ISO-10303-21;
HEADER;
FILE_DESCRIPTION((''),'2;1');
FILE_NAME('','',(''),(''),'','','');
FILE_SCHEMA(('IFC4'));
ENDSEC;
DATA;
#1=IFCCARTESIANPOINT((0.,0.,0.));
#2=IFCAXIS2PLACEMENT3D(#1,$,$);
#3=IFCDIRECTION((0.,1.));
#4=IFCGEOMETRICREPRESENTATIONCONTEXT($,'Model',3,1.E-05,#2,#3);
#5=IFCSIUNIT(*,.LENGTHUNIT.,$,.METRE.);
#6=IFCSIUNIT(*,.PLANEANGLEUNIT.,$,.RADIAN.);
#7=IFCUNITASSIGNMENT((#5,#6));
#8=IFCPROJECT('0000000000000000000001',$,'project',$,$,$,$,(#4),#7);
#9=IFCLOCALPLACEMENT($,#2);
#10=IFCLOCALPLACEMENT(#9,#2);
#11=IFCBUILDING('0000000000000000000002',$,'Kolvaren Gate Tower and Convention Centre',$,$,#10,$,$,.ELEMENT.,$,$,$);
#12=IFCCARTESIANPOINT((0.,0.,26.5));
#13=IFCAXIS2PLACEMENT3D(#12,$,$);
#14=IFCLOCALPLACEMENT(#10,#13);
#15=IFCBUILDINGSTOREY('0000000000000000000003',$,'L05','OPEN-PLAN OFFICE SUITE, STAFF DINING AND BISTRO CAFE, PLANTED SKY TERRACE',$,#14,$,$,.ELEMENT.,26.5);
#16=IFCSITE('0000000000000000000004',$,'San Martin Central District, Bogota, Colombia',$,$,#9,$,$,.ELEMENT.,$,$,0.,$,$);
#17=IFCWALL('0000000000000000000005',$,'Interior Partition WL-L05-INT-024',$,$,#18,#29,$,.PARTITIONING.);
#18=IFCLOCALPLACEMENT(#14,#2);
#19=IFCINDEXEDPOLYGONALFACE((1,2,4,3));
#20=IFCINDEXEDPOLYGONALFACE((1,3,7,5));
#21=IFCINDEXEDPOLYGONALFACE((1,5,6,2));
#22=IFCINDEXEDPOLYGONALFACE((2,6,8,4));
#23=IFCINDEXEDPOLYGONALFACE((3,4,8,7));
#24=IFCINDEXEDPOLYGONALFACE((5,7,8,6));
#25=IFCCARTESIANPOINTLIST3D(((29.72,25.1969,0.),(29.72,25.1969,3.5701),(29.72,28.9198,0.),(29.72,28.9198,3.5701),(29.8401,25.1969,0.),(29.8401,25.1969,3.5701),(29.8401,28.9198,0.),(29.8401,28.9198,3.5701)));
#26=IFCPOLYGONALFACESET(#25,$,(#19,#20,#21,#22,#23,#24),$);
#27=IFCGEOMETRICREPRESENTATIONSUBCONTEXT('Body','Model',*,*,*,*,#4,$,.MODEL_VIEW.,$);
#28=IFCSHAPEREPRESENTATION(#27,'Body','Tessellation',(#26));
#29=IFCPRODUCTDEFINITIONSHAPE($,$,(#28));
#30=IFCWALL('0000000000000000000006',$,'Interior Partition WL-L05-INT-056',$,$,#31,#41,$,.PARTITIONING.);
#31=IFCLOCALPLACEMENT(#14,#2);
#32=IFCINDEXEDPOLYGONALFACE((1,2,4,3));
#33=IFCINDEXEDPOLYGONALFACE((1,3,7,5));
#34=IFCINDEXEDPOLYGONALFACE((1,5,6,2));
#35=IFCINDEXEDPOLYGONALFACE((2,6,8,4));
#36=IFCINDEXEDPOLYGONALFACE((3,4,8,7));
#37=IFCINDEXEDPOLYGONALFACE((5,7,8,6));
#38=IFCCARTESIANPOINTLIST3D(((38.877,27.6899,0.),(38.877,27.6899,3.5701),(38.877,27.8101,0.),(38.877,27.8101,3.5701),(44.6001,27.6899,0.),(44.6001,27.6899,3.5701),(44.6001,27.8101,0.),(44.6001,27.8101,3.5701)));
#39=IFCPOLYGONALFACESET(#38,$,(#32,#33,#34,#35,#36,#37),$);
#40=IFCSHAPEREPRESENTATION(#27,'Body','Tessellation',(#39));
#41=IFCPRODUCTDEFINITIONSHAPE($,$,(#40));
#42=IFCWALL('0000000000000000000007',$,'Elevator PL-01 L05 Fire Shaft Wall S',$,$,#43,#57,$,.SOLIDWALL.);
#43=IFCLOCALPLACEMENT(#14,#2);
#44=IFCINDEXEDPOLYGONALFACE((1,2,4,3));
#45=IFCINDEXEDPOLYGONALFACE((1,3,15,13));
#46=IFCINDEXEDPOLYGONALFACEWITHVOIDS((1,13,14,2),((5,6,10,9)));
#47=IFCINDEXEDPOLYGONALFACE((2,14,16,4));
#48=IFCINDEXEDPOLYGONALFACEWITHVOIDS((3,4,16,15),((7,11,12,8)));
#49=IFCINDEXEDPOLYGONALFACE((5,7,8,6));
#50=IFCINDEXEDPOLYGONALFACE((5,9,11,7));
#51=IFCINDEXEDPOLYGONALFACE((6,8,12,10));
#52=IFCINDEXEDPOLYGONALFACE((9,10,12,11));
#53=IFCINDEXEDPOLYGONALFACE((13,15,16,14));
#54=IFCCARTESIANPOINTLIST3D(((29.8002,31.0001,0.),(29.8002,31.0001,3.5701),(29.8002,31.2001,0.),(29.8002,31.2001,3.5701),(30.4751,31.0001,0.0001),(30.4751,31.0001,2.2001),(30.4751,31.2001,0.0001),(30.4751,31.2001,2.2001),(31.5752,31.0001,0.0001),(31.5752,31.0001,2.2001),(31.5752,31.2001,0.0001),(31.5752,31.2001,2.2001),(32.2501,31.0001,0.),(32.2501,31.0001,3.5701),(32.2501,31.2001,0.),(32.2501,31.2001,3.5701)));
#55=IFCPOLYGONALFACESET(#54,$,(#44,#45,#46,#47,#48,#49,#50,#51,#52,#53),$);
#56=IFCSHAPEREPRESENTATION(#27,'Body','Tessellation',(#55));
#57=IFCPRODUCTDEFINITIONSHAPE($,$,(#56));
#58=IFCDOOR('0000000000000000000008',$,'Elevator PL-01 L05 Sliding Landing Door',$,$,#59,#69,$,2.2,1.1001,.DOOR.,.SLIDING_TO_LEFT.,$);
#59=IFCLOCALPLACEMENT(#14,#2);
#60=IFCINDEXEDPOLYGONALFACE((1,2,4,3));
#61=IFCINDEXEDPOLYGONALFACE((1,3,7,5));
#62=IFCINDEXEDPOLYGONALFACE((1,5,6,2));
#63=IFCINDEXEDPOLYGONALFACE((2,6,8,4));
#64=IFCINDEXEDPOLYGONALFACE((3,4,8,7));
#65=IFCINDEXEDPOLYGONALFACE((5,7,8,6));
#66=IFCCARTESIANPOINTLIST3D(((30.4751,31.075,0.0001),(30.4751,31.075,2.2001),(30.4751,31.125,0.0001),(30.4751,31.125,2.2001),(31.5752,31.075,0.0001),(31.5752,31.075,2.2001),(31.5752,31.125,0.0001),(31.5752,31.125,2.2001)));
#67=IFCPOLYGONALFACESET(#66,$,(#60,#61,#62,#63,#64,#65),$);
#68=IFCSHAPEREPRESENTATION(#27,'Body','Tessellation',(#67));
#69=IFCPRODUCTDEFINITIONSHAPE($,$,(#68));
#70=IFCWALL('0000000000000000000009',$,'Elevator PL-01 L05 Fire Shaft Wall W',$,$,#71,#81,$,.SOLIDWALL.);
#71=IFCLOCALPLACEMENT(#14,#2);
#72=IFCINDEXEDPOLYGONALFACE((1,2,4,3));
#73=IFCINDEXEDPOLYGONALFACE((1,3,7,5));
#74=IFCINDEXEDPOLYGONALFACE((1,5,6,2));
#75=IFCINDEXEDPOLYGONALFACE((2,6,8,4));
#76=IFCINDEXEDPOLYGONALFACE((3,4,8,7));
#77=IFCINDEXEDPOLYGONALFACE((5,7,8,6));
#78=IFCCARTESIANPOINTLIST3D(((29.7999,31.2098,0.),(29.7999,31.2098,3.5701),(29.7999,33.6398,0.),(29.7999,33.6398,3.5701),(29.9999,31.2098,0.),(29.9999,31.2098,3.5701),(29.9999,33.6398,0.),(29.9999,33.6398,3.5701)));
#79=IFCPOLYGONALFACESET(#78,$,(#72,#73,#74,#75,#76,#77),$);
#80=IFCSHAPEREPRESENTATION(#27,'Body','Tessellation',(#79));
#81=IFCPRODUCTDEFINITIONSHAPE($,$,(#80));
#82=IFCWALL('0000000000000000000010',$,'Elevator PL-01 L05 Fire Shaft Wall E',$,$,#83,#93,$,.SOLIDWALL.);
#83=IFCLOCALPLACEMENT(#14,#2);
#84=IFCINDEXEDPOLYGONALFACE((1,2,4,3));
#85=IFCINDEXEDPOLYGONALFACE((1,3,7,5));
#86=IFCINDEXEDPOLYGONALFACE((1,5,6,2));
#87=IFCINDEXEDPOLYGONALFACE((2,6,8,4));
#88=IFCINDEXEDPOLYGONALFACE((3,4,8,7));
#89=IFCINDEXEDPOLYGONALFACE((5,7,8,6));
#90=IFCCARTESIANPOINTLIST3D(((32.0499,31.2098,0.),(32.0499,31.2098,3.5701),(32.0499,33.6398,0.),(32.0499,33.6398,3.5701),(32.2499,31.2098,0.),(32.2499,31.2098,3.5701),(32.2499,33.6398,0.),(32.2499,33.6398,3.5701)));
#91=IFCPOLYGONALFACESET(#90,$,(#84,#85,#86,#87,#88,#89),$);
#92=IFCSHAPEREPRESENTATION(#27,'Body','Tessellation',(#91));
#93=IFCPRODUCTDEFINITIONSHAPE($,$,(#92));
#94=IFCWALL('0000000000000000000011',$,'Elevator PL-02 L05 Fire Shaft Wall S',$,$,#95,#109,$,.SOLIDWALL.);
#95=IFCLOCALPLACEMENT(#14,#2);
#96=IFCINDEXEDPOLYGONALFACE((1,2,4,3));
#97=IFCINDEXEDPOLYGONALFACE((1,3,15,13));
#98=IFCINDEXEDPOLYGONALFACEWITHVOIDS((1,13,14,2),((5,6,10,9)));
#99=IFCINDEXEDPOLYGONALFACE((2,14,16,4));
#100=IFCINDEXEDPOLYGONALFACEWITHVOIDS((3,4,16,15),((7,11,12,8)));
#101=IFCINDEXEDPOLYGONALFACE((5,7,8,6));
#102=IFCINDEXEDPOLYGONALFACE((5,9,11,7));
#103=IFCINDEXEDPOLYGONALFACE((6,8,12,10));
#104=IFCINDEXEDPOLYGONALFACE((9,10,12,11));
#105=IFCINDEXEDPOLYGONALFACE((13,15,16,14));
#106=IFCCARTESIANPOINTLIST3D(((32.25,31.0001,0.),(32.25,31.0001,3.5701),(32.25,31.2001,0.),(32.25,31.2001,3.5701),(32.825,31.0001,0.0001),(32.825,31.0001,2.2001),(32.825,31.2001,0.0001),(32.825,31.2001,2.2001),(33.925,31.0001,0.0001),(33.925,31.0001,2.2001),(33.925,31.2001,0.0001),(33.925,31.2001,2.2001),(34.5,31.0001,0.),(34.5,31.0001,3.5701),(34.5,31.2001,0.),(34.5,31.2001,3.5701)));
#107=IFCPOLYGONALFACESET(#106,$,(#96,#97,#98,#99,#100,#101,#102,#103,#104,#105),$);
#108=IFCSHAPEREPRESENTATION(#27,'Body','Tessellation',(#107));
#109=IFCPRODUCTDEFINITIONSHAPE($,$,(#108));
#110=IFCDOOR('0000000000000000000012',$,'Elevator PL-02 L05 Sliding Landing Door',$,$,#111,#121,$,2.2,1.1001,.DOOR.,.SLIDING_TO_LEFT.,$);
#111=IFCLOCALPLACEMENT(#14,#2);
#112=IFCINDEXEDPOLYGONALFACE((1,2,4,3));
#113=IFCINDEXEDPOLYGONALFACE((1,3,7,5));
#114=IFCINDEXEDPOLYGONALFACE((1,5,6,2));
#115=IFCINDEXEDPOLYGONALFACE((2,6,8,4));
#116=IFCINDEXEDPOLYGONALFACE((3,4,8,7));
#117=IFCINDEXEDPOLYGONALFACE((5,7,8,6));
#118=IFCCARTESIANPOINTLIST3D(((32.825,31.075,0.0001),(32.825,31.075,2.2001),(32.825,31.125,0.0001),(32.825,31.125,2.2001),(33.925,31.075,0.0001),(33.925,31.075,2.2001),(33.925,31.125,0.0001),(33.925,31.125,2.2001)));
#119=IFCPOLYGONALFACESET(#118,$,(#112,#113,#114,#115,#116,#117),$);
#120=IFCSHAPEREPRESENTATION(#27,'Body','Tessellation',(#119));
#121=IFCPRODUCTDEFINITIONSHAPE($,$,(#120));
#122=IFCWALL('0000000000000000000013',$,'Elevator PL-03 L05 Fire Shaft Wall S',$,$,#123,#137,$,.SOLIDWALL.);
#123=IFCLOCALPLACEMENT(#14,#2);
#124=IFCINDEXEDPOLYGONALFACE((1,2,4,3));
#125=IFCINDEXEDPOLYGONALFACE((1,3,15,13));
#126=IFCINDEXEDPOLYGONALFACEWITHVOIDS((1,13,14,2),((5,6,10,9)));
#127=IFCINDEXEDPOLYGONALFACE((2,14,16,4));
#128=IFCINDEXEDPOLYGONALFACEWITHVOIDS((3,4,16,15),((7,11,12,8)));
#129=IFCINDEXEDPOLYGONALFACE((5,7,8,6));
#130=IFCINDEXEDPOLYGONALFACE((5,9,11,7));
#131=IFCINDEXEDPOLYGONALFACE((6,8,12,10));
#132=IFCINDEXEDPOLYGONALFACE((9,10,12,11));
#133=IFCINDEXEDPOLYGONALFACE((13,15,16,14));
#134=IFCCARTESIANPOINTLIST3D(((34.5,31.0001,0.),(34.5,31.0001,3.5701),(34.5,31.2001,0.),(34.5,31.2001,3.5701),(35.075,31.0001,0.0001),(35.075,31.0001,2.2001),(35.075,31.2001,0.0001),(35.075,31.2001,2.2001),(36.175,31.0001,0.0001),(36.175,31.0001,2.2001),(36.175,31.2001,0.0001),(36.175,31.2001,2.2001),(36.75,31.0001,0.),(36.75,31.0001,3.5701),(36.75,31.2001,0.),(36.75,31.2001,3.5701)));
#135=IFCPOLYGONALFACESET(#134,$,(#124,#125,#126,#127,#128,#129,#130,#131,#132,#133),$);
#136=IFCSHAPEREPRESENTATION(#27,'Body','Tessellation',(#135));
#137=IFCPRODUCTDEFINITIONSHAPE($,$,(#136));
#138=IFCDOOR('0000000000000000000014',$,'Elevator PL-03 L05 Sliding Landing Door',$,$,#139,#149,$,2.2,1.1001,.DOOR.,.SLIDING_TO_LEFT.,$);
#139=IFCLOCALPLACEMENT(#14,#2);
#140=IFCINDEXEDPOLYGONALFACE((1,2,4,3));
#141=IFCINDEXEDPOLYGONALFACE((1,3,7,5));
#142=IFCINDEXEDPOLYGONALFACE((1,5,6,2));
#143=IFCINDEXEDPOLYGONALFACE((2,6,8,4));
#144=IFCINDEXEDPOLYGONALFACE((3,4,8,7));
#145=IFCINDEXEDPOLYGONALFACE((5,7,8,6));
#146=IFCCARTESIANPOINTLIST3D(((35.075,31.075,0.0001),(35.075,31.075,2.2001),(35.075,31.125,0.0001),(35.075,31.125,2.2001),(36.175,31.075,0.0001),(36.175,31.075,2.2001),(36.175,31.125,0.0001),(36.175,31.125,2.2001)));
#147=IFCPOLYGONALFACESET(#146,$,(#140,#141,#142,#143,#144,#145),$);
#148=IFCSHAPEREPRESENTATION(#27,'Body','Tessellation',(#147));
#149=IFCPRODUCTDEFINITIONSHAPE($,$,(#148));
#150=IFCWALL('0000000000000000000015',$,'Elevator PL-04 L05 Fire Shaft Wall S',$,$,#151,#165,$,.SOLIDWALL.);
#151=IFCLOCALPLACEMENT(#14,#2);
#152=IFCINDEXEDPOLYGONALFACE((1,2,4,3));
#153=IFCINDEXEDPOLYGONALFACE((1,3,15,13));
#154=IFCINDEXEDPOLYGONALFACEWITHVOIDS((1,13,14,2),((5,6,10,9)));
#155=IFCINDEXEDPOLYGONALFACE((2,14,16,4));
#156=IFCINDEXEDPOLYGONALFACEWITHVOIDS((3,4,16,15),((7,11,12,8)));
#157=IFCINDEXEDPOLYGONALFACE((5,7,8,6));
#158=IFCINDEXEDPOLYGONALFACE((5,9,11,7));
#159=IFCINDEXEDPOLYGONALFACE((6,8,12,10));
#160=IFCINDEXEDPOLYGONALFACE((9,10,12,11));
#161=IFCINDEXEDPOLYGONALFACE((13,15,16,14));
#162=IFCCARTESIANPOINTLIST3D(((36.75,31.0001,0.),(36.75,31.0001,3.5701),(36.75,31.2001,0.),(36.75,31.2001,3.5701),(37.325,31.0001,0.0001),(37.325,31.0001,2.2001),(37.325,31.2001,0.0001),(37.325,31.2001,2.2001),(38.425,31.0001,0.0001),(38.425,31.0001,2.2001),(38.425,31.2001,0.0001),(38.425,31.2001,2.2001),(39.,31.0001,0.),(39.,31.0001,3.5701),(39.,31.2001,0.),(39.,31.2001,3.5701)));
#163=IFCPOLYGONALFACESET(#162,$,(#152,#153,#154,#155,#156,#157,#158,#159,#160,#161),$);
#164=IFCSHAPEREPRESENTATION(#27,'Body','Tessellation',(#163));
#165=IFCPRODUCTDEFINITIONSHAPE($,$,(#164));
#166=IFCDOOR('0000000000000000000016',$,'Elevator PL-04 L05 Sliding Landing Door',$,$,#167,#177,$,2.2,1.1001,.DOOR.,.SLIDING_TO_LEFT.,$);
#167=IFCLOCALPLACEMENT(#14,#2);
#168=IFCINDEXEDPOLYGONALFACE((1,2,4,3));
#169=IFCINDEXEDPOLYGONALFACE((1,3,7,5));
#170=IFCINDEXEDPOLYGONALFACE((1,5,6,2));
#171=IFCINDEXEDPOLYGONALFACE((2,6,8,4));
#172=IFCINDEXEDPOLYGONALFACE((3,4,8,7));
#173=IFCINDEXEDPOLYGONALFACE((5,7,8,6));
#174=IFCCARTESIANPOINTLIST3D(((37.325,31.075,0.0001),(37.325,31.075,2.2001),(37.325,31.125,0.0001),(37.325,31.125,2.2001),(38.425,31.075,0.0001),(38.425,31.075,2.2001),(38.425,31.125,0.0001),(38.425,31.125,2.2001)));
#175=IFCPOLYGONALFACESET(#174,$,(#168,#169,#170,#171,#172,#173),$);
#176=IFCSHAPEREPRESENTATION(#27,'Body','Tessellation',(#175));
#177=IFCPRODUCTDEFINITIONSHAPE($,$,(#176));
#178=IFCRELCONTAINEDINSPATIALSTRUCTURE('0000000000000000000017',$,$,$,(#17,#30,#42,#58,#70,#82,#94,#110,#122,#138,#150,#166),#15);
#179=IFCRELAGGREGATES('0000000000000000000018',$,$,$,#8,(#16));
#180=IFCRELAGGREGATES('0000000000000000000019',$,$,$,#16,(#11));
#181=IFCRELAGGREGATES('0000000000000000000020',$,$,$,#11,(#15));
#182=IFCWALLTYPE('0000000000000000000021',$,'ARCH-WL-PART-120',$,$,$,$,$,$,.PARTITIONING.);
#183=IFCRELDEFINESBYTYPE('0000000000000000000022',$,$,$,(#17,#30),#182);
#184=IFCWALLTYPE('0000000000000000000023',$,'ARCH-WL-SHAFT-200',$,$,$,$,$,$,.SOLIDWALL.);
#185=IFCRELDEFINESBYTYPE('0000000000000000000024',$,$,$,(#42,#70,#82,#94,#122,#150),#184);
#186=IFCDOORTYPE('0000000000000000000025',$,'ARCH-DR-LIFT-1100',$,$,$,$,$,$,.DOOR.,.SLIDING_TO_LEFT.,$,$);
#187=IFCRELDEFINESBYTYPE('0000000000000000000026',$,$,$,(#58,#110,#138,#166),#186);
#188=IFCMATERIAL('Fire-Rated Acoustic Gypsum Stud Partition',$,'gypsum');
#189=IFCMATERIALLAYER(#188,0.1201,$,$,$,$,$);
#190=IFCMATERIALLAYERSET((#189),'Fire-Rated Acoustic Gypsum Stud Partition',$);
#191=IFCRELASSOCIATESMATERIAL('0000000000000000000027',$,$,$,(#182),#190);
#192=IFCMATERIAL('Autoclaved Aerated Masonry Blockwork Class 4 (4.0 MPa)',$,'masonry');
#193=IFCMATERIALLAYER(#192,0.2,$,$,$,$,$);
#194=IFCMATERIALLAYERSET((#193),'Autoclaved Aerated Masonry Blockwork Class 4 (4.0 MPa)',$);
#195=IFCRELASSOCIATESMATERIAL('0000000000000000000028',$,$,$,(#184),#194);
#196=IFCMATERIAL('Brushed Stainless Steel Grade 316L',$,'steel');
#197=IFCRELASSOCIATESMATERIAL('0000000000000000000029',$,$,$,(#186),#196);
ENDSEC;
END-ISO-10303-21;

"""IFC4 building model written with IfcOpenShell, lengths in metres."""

from ifc_helpers import new_model, si_unit, direction, frame, frame_2d, origin, place, context, subcontext, project, spatial, rectangle, extrude, material, layer, layer_set, type_object, element, fill, save


model = new_model("IFC4")

# Units and contexts
model_context = context("Model", 3, precision=1e-05, world=origin(), true_north=direction((0.0, 1.0)))
body_context = subcontext(model_context, "Body", "Model", "MODEL_VIEW")
ifc_project = project(units=[si_unit("LENGTHUNIT", "METRE"), si_unit("PLANEANGLEUNIT", "RADIAN")], contexts=[model_context])

# Site, building, storey
site_placement = place(None, origin())
site = spatial("IfcSite", under=ifc_project, at=site_placement, Name="San Martin Central District, Bogota, Colombia", CompositionType="ELEMENT", RefElevation=0.0)
building_placement = place(site_placement, origin())
building = spatial("IfcBuilding", under=site, at=building_placement, Name="Kolvaren Gate Tower and Convention Centre", CompositionType="ELEMENT")
storey_placement = place(building_placement, frame((0.0, 0.0, 26.5)))
storey = spatial("IfcBuildingStorey", under=building, at=storey_placement, Name="L05", Description="OPEN-PLAN OFFICE SUITE, STAFF DINING AND BISTRO CAFE, PLANTED SKY TERRACE", CompositionType="ELEMENT", Elevation=26.5)

# Walls
ifc_material_1 = material(Name="Fire-Rated Acoustic Gypsum Stud Partition", Category="gypsum")
ifc_layer_1 = layer(ifc_material_1, 0.1201)
ifc_layer_set_1 = layer_set([ifc_layer_1], Name="Fire-Rated Acoustic Gypsum Stud Partition")
wall_type_1 = type_object("IfcWallType", Name="ARCH-WL-PART-120", PredefinedType="PARTITIONING", material=ifc_layer_set_1)
wall_1_placement = place(storey_placement, frame((29.78, 25.197, 0.0), z_axis=(0.0, 0.0, 1.0), x_axis=(0.0, 1.0, 0.0)))
element("IfcWall", 1, at=wall_1_placement, inside=storey, type_object=wall_type_1, Name="Interior Partition WL-L05-INT-024", PredefinedType="PARTITIONING", context=body_context, shape_type="SweptSolid", body=[
    extrude(rectangle(XDim=3.7229, YDim=0.1201, at=frame_2d((1.8613, 0.0))), origin(), (0.0, 0.0, 1.0), 3.5701),
])
wall_2_placement = place(storey_placement, frame((38.877, 27.75, 0.0), z_axis=(0.0, 0.0, 1.0), x_axis=(1.0, 0.0, 0.0)))
element("IfcWall", 2, at=wall_2_placement, inside=storey, type_object=wall_type_1, Name="Interior Partition WL-L05-INT-056", PredefinedType="PARTITIONING", context=body_context, shape_type="SweptSolid", body=[
    extrude(rectangle(XDim=5.7231, YDim=0.1201, at=frame_2d((2.8616, 0.0))), origin(), (0.0, 0.0, 1.0), 3.5701),
])

# Wall, opening, door
ifc_material_2 = material(Name="Autoclaved Aerated Masonry Blockwork Class 4 (4.0 MPa)", Category="masonry")
ifc_layer_2 = layer(ifc_material_2, 0.2)
ifc_layer_set_2 = layer_set([ifc_layer_2], Name="Autoclaved Aerated Masonry Blockwork Class 4 (4.0 MPa)")
wall_type_2 = type_object("IfcWallType", Name="ARCH-WL-SHAFT-200", PredefinedType="SOLIDWALL", material=ifc_layer_set_2)
wall_3_placement = place(storey_placement, frame((29.8, 31.1001, 0.0), z_axis=(0.0, 0.0, 1.0), x_axis=(1.0, 0.0, 0.0)))
wall_3 = element("IfcWall", 3, at=wall_3_placement, inside=storey, type_object=wall_type_2, Name="Elevator PL-01 L05 Fire Shaft Wall S", PredefinedType="SOLIDWALL", context=body_context, shape_type="SweptSolid", body=[
    extrude(rectangle(XDim=2.45, YDim=0.2, at=frame_2d((1.2251, 0.0))), origin(), (0.0, 0.0, 1.0), 3.5701),
])
opening_1_placement = place(wall_3_placement, frame((0.675, 0.0, 0.0)))
opening_1 = element("IfcOpeningElement", 4, at=opening_1_placement, cuts=wall_3, PredefinedType="OPENING", context=body_context, shape_type="SweptSolid", body=[
    extrude(rectangle(XDim=1.1001, YDim=2.2, at=frame_2d((0.55, 1.1001))), frame((0.0, 0.1099, 0.0), z_axis=(0.0, -1.0, 0.0), x_axis=(1.0, 0.0, 0.0)), (0.0, 0.0, 1.0), 0.22),
])
ifc_material_3 = material(Name="Brushed Stainless Steel Grade 316L", Category="steel")
door_type = type_object("IfcDoorType", Name="ARCH-DR-LIFT-1100", OperationType="SLIDING_TO_LEFT", PredefinedType="DOOR", material=ifc_material_3)
door_1_placement = place(opening_1_placement, origin())
door_1 = element("IfcDoor", 5, at=door_1_placement, inside=storey, type_object=door_type, Name="Elevator PL-01 L05 Sliding Landing Door", OperationType="SLIDING_TO_LEFT", OverallHeight=2.2, OverallWidth=1.1001, PredefinedType="DOOR", context=body_context, shape_type="SweptSolid", body=[
    extrude(rectangle(XDim=1.1001, YDim=2.2, at=frame_2d((0.55, 1.1001))), frame((0.0, 0.0249, 0.0), z_axis=(0.0, -1.0, 0.0), x_axis=(1.0, 0.0, 0.0)), (0.0, 0.0, 1.0), 0.05),
])
fill(opening_1, door_1)

# Walls
for number, where, z_axis, x_axis, name in (
    (6, (29.8999, 31.21, 0.0), (0.0, 0.0, 1.0), (0.0, 1.0, 0.0), "Elevator PL-01 L05 Fire Shaft Wall W"),
    (7, (32.1499, 31.21, 0.0), (0.0, 0.0, 1.0), (0.0, 1.0, 0.0), "Elevator PL-01 L05 Fire Shaft Wall E"),
):
    element("IfcWall", number, at=place(storey_placement, frame(where, z_axis=z_axis, x_axis=x_axis)), inside=storey, type_object=wall_type_2, Name=name, PredefinedType="SOLIDWALL", context=body_context, shape_type="SweptSolid", body=[
        extrude(rectangle(XDim=2.4299, YDim=0.2, at=frame_2d((1.2148, 0.0))), origin(), (0.0, 0.0, 1.0), 3.5701),
    ])

# Walls, openings, doors
wall_4_placement = place(storey_placement, frame((32.25, 31.1001, 0.0), z_axis=(0.0, 0.0, 1.0), x_axis=(1.0, 0.0, 0.0)))
wall_4 = element("IfcWall", 8, at=wall_4_placement, inside=storey, type_object=wall_type_2, Name="Elevator PL-02 L05 Fire Shaft Wall S", PredefinedType="SOLIDWALL", context=body_context, shape_type="SweptSolid", body=[
    extrude(rectangle(XDim=2.25, YDim=0.2, at=frame_2d((1.125, 0.0))), origin(), (0.0, 0.0, 1.0), 3.5701),
])
opening_2_placement = place(wall_4_placement, frame((0.575, 0.0, 0.0)))
opening_2 = element("IfcOpeningElement", 9, at=opening_2_placement, cuts=wall_4, PredefinedType="OPENING", context=body_context, shape_type="SweptSolid", body=[
    extrude(rectangle(XDim=1.1001, YDim=2.2, at=frame_2d((0.55, 1.1001))), frame((0.0, 0.1099, 0.0), z_axis=(0.0, -1.0, 0.0), x_axis=(1.0, 0.0, 0.0)), (0.0, 0.0, 1.0), 0.22),
])
door_2_placement = place(opening_2_placement, origin())
door_2 = element("IfcDoor", 10, at=door_2_placement, inside=storey, type_object=door_type, Name="Elevator PL-02 L05 Sliding Landing Door", OperationType="SLIDING_TO_LEFT", OverallHeight=2.2, OverallWidth=1.1001, PredefinedType="DOOR", context=body_context, shape_type="SweptSolid", body=[
    extrude(rectangle(XDim=1.1001, YDim=2.2, at=frame_2d((0.55, 1.1001))), frame((0.0, 0.0249, 0.0), z_axis=(0.0, -1.0, 0.0), x_axis=(1.0, 0.0, 0.0)), (0.0, 0.0, 1.0), 0.05),
])
fill(opening_2, door_2)
wall_5_placement = place(storey_placement, frame((34.5, 31.1001, 0.0), z_axis=(0.0, 0.0, 1.0), x_axis=(1.0, 0.0, 0.0)))
wall_5 = element("IfcWall", 11, at=wall_5_placement, inside=storey, type_object=wall_type_2, Name="Elevator PL-03 L05 Fire Shaft Wall S", PredefinedType="SOLIDWALL", context=body_context, shape_type="SweptSolid", body=[
    extrude(rectangle(XDim=2.25, YDim=0.2, at=frame_2d((1.125, 0.0))), origin(), (0.0, 0.0, 1.0), 3.5701),
])
opening_3_placement = place(wall_5_placement, frame((0.575, 0.0, 0.0)))
opening_3 = element("IfcOpeningElement", 12, at=opening_3_placement, cuts=wall_5, PredefinedType="OPENING", context=body_context, shape_type="SweptSolid", body=[
    extrude(rectangle(XDim=1.1001, YDim=2.2, at=frame_2d((0.55, 1.1001))), frame((0.0, 0.1099, 0.0), z_axis=(0.0, -1.0, 0.0), x_axis=(1.0, 0.0, 0.0)), (0.0, 0.0, 1.0), 0.22),
])
door_3_placement = place(opening_3_placement, origin())
door_3 = element("IfcDoor", 13, at=door_3_placement, inside=storey, type_object=door_type, Name="Elevator PL-03 L05 Sliding Landing Door", OperationType="SLIDING_TO_LEFT", OverallHeight=2.2, OverallWidth=1.1001, PredefinedType="DOOR", context=body_context, shape_type="SweptSolid", body=[
    extrude(rectangle(XDim=1.1001, YDim=2.2, at=frame_2d((0.55, 1.1001))), frame((0.0, 0.0249, 0.0), z_axis=(0.0, -1.0, 0.0), x_axis=(1.0, 0.0, 0.0)), (0.0, 0.0, 1.0), 0.05),
])
fill(opening_3, door_3)
wall_6_placement = place(storey_placement, frame((36.75, 31.1001, 0.0), z_axis=(0.0, 0.0, 1.0), x_axis=(1.0, 0.0, 0.0)))
wall_6 = element("IfcWall", 14, at=wall_6_placement, inside=storey, type_object=wall_type_2, Name="Elevator PL-04 L05 Fire Shaft Wall S", PredefinedType="SOLIDWALL", context=body_context, shape_type="SweptSolid", body=[
    extrude(rectangle(XDim=2.25, YDim=0.2, at=frame_2d((1.125, 0.0))), origin(), (0.0, 0.0, 1.0), 3.5701),
])
opening_4_placement = place(wall_6_placement, frame((0.575, 0.0, 0.0)))
opening_4 = element("IfcOpeningElement", 15, at=opening_4_placement, cuts=wall_6, PredefinedType="OPENING", context=body_context, shape_type="SweptSolid", body=[
    extrude(rectangle(XDim=1.1001, YDim=2.2, at=frame_2d((0.55, 1.1001))), frame((0.0, 0.1099, 0.0), z_axis=(0.0, -1.0, 0.0), x_axis=(1.0, 0.0, 0.0)), (0.0, 0.0, 1.0), 0.22),
])
door_4_placement = place(opening_4_placement, origin())
door_4 = element("IfcDoor", 16, at=door_4_placement, inside=storey, type_object=door_type, Name="Elevator PL-04 L05 Sliding Landing Door", OperationType="SLIDING_TO_LEFT", OverallHeight=2.2, OverallWidth=1.1001, PredefinedType="DOOR", context=body_context, shape_type="SweptSolid", body=[
    extrude(rectangle(XDim=1.1001, YDim=2.2, at=frame_2d((0.55, 1.1001))), frame((0.0, 0.0249, 0.0), z_axis=(0.0, -1.0, 0.0), x_axis=(1.0, 0.0, 0.0)), (0.0, 0.0, 1.0), 0.05),
])
fill(opening_4, door_4)

save(model, "model.ifc")
